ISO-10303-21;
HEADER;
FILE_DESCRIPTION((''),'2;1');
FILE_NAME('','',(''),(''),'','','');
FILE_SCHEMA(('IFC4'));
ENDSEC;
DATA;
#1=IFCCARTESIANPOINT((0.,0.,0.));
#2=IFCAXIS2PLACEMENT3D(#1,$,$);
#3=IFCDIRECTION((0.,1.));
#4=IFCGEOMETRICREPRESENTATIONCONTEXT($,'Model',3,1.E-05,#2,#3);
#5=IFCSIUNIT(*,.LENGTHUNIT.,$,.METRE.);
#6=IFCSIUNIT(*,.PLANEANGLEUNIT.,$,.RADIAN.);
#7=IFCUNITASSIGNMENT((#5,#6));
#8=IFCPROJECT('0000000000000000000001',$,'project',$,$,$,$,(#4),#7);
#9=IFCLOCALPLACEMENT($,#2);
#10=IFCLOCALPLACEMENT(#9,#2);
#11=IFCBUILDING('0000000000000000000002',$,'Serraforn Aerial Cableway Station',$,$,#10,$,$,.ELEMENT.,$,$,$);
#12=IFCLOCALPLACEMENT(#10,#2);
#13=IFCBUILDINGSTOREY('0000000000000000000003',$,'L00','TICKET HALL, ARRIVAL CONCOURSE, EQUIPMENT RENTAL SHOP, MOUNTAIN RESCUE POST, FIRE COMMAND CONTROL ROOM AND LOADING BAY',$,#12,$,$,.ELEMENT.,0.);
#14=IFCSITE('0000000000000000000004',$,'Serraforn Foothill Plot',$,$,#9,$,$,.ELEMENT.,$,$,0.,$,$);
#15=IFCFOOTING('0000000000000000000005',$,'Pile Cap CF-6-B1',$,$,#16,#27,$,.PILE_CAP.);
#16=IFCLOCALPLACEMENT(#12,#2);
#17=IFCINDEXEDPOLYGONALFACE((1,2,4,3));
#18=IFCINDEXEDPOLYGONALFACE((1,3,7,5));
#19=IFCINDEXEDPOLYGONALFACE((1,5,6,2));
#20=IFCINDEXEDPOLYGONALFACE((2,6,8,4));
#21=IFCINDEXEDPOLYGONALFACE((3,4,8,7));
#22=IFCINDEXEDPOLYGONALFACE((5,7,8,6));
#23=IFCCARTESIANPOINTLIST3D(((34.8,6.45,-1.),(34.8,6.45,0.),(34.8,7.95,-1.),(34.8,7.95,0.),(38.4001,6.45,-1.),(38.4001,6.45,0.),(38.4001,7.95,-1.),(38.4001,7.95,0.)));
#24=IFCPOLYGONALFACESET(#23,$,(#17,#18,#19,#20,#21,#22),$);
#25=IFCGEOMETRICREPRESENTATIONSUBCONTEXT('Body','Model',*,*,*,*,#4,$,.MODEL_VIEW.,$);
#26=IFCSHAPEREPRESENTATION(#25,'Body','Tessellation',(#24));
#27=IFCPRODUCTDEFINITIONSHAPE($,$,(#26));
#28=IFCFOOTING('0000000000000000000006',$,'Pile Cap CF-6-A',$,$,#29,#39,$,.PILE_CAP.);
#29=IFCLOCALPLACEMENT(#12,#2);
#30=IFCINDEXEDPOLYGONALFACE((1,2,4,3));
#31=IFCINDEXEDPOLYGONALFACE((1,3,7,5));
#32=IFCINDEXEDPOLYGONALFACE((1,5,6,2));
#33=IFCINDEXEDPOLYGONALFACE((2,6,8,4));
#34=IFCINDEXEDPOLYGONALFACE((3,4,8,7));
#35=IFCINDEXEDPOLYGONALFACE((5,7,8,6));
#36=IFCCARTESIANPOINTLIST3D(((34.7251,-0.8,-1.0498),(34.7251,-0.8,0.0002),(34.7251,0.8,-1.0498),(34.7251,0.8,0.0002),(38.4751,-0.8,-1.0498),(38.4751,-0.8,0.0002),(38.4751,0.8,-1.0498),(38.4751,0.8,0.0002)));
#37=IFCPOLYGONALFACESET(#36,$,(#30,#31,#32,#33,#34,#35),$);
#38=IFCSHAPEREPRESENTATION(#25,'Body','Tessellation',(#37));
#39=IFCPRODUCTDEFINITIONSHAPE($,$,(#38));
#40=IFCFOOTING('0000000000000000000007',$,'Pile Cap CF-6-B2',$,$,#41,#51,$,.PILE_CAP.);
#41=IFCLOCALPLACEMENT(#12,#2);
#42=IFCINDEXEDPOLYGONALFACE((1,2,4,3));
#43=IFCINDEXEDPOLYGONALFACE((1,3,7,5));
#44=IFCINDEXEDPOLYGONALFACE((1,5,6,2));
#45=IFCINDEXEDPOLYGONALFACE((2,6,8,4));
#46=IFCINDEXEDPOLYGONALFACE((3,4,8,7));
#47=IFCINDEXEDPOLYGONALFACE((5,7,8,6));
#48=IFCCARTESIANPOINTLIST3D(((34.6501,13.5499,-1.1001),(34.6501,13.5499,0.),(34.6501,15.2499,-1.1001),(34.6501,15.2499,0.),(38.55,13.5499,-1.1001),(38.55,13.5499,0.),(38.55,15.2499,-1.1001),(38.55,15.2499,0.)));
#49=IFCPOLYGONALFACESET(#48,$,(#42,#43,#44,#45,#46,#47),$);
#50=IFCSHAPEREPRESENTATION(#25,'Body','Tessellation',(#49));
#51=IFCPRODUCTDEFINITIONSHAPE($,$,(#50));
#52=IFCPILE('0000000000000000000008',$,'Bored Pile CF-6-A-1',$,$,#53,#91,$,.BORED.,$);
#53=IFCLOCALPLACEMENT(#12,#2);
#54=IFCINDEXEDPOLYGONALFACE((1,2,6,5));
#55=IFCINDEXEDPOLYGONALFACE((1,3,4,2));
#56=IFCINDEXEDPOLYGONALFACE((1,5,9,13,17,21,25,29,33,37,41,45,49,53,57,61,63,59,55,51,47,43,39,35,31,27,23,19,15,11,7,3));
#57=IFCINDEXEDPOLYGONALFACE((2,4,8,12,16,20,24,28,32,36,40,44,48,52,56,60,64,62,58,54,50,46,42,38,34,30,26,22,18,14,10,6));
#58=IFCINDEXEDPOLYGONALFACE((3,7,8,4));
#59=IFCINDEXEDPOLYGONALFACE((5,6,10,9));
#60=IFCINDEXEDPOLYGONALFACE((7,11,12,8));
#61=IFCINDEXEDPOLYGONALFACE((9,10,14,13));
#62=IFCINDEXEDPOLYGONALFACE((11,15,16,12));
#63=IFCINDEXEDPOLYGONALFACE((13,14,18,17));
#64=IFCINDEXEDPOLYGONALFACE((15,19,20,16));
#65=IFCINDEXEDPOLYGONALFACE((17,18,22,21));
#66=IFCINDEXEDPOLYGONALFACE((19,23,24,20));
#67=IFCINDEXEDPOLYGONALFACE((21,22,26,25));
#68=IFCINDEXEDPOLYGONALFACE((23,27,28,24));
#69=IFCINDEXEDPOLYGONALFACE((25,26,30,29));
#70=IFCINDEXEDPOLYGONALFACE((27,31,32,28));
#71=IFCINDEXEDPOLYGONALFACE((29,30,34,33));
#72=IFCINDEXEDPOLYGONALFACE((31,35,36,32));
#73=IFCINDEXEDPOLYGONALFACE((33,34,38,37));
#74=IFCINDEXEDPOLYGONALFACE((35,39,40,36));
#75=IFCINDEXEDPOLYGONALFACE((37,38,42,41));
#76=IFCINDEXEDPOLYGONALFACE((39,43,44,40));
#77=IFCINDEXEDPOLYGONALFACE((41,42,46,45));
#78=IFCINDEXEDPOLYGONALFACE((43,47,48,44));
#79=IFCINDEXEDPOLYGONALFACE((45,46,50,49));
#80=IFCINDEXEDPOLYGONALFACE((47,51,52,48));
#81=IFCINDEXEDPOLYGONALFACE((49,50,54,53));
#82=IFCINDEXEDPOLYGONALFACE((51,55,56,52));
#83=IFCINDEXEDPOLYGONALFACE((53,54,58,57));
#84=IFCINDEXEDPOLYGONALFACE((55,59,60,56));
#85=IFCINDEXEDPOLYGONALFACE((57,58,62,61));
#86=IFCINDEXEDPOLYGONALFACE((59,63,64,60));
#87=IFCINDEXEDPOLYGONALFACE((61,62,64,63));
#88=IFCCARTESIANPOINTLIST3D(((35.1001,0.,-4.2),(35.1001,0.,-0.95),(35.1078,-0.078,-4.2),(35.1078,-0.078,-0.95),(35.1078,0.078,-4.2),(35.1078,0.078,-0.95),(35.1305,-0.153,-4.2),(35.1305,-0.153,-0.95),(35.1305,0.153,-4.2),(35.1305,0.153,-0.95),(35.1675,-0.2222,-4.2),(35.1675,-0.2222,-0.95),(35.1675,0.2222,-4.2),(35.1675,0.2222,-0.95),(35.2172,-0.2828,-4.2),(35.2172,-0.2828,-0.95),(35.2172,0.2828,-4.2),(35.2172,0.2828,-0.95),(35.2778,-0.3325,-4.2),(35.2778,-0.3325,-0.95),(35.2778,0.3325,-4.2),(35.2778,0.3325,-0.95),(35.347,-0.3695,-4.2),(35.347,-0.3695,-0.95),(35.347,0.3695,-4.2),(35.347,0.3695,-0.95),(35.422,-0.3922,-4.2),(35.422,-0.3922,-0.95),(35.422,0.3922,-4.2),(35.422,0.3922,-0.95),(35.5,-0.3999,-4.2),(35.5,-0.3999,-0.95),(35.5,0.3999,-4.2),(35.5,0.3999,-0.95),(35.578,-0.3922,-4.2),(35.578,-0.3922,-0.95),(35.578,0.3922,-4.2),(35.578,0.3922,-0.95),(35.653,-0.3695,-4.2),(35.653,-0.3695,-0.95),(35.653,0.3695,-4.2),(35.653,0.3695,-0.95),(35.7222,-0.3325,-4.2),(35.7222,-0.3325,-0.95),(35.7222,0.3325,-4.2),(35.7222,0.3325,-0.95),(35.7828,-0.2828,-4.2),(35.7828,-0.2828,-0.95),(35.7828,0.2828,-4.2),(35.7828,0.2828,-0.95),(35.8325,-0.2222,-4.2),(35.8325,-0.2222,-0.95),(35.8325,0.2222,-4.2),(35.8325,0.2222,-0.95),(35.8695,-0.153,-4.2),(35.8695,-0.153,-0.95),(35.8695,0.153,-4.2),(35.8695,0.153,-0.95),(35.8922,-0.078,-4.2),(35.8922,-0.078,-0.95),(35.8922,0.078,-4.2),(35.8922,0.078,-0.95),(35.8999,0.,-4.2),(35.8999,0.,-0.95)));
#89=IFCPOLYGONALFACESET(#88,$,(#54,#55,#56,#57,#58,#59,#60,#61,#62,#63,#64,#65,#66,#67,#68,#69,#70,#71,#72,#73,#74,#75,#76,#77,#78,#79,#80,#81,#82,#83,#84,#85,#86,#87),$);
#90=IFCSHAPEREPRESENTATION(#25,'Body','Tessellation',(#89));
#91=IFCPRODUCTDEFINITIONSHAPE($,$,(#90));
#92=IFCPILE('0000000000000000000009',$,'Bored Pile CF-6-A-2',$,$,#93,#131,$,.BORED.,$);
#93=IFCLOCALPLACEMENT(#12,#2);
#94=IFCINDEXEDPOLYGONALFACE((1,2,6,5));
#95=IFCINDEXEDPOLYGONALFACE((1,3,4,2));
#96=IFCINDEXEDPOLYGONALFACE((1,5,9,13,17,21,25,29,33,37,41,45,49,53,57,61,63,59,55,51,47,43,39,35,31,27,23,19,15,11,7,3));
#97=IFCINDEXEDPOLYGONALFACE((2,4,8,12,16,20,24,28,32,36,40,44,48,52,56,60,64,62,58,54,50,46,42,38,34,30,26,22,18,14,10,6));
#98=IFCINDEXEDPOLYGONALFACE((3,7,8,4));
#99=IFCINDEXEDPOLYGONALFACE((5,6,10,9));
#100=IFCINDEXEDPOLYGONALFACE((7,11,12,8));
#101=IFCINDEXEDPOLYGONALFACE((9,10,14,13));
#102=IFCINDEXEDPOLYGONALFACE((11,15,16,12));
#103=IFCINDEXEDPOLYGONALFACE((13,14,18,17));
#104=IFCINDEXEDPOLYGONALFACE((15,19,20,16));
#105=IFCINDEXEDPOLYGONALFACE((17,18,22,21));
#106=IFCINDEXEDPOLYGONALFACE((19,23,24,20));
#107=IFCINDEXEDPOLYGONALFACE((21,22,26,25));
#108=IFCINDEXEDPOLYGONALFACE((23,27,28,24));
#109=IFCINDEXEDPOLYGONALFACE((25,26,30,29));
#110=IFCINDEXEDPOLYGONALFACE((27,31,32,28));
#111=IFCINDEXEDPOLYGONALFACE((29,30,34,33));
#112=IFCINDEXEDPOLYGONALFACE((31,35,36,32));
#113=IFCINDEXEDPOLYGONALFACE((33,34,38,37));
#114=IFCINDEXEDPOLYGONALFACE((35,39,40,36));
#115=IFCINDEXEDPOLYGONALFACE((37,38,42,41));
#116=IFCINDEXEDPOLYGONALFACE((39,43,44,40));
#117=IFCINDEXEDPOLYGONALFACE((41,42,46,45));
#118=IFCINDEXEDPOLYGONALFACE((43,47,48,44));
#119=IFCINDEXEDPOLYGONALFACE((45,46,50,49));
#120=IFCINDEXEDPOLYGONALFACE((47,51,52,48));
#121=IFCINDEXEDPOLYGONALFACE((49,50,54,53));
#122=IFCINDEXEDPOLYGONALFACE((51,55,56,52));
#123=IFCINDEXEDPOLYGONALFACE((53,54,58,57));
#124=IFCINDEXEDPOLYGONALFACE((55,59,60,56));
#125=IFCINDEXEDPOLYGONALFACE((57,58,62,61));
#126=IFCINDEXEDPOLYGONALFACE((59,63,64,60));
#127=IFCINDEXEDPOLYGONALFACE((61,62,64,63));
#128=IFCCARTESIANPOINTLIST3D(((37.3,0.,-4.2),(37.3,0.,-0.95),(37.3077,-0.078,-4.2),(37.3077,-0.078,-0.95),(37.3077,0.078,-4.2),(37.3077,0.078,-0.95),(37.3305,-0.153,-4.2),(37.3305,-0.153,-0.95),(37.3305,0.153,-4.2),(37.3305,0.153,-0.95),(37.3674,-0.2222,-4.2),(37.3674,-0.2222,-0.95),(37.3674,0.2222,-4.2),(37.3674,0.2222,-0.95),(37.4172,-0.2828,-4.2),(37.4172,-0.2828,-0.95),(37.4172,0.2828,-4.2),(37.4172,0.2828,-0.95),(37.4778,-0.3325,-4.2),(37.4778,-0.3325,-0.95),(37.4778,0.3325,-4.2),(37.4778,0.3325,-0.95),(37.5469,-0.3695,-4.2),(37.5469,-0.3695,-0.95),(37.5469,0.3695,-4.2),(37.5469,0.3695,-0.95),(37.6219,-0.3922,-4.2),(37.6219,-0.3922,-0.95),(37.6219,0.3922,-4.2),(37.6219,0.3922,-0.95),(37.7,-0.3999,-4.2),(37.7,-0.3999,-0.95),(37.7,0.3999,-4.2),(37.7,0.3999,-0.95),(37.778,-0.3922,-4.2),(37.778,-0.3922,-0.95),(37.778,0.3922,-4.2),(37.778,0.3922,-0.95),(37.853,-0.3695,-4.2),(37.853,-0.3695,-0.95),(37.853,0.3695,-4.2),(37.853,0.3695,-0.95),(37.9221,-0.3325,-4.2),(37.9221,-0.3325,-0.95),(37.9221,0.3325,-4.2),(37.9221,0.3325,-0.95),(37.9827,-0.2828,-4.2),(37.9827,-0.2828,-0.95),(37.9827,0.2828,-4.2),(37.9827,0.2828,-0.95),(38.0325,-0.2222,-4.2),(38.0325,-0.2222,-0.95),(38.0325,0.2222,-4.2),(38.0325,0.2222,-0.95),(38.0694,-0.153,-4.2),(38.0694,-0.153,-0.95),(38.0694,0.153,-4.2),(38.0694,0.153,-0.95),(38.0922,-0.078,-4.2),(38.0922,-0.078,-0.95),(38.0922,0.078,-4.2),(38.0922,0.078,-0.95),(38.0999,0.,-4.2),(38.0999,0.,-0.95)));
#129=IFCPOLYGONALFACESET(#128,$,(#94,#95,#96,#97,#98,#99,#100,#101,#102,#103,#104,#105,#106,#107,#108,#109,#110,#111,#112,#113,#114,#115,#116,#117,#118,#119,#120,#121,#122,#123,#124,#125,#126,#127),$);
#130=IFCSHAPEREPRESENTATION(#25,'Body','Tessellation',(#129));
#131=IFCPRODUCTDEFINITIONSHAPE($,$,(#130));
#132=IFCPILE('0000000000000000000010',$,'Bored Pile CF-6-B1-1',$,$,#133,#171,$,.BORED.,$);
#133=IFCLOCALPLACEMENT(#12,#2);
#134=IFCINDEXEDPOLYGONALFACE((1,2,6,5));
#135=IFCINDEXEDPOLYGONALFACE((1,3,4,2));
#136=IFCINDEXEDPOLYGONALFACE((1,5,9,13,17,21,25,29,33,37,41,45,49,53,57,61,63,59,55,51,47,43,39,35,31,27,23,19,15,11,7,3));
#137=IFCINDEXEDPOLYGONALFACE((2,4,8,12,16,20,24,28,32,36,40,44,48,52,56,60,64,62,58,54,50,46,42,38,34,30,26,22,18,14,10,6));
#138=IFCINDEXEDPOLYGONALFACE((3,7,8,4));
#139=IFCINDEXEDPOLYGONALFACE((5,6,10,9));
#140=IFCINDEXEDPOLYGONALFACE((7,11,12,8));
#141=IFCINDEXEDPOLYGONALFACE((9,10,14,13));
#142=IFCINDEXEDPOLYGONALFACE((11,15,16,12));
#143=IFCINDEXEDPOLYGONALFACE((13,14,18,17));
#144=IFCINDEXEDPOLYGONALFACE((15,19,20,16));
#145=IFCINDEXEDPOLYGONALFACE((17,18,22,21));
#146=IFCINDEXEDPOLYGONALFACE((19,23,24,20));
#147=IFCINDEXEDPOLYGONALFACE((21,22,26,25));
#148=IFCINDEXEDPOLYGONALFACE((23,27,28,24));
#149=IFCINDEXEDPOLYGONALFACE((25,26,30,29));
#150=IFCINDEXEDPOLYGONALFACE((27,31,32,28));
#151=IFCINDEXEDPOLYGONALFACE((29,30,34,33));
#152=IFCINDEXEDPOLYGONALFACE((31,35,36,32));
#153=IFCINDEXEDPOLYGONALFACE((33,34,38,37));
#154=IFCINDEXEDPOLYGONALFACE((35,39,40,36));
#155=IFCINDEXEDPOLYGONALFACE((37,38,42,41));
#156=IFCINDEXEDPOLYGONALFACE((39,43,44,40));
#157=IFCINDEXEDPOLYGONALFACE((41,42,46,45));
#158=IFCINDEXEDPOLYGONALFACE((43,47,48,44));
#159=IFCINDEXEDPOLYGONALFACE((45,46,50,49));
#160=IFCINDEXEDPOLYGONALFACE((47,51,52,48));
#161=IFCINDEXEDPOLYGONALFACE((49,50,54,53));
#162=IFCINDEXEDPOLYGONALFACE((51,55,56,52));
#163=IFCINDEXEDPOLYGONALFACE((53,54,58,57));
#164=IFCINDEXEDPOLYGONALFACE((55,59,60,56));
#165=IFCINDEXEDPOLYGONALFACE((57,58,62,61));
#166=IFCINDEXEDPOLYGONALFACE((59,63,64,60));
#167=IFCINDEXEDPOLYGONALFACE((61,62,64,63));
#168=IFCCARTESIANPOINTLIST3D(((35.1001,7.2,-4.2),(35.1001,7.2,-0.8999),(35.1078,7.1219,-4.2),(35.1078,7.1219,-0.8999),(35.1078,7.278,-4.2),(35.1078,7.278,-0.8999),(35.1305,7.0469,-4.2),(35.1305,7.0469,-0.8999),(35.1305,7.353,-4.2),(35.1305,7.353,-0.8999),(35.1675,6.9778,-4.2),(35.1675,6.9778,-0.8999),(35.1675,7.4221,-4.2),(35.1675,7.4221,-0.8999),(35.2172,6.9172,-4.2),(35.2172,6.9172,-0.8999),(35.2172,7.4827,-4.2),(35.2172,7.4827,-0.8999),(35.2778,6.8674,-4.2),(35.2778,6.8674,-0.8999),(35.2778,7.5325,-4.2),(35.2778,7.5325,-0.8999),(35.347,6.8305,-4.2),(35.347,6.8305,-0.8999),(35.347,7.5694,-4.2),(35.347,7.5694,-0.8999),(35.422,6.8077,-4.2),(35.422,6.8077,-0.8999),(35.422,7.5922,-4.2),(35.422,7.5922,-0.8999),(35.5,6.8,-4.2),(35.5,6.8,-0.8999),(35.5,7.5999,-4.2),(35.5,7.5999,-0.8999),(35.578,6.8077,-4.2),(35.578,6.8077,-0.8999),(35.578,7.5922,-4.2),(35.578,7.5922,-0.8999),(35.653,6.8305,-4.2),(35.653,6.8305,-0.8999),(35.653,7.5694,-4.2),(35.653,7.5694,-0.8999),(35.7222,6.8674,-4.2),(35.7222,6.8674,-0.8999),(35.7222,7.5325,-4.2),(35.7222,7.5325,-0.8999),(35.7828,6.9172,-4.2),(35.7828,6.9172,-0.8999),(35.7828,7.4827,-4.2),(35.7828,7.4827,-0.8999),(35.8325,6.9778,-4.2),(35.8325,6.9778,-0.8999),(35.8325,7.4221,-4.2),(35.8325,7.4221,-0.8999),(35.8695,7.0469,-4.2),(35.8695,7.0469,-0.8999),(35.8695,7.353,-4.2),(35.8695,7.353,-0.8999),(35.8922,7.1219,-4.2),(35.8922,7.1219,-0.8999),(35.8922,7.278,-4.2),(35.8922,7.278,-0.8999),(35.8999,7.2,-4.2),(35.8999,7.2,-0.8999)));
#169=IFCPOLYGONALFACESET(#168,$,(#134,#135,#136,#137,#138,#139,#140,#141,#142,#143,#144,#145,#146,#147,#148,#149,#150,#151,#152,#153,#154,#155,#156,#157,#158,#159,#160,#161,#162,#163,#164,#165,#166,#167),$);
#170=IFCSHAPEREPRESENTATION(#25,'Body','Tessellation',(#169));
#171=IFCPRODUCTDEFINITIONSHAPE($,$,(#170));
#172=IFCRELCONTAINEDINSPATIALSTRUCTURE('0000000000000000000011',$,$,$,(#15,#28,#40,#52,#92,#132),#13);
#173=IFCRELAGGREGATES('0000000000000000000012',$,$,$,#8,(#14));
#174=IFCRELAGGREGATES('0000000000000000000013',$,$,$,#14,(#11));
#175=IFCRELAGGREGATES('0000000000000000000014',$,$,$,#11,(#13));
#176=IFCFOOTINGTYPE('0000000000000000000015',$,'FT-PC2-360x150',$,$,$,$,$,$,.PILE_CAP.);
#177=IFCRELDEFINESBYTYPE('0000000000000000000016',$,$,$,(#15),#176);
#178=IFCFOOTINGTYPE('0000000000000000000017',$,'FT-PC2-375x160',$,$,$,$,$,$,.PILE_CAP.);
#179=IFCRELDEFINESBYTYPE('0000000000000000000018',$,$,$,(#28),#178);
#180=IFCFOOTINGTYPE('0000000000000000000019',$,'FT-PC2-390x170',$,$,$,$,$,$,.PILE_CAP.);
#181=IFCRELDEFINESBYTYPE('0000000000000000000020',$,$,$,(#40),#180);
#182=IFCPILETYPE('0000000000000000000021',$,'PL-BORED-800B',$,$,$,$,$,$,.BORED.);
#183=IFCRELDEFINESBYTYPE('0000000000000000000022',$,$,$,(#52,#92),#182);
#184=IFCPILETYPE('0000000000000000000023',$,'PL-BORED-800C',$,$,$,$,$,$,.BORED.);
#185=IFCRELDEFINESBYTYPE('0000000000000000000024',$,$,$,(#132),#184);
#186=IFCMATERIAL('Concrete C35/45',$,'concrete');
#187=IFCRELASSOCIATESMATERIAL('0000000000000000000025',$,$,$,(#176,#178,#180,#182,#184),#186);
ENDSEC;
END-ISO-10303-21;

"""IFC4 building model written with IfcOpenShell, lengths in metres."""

from ifc_helpers import new_model, si_unit, direction, frame, origin, origin_2d, place, context, subcontext, project, spatial, rectangle, circle, extrude, material, material_profile, profile_set, type_object, element, save


model = new_model("IFC4")

# Units and contexts
model_context = context("Model", 3, precision=1e-05, world=origin(), true_north=direction((0.0, 1.0)))
body_context = subcontext(model_context, "Body", "Model", "MODEL_VIEW")
ifc_project = project(units=[si_unit("LENGTHUNIT", "METRE"), si_unit("PLANEANGLEUNIT", "RADIAN")], contexts=[model_context])

# Site, building, storey
site_placement = place(None, origin())
site = spatial("IfcSite", under=ifc_project, at=site_placement, Name="Serraforn Foothill Plot", CompositionType="ELEMENT", RefElevation=0.0)
building_placement = place(site_placement, origin())
building = spatial("IfcBuilding", under=site, at=building_placement, Name="Serraforn Aerial Cableway Station", CompositionType="ELEMENT")
storey_placement = place(building_placement, origin())
storey = spatial("IfcBuildingStorey", under=building, at=storey_placement, Name="L00", Description="TICKET HALL, ARRIVAL CONCOURSE, EQUIPMENT RENTAL SHOP, MOUNTAIN RESCUE POST, FIRE COMMAND CONTROL ROOM AND LOADING BAY", CompositionType="ELEMENT", Elevation=0.0)

# Footings
ifc_material_1 = material(Name="Concrete C35/45", Category="concrete")
footing_type_1 = type_object("IfcFootingType", Name="FT-PC2-360x150", PredefinedType="PILE_CAP", material=ifc_material_1)
footing_1_placement = place(storey_placement, frame((36.6001, 7.2, -1.0), z_axis=(0.0, 0.0, 1.0), x_axis=(1.0, 0.0, 0.0)))
element("IfcFooting", 1, at=footing_1_placement, inside=storey, type_object=footing_type_1, Name="Pile Cap CF-6-B1", PredefinedType="PILE_CAP", context=body_context, shape_type="SweptSolid", body=[
    extrude(rectangle(XDim=3.6001, YDim=1.5, at=origin_2d()), origin(), (0.0, 0.0, 1.0), 1.0),
])
footing_type_2 = type_object("IfcFootingType", Name="FT-PC2-375x160", PredefinedType="PILE_CAP", material=ifc_material_1)
footing_2_placement = place(storey_placement, frame((36.6001, 0.0, -1.0498), z_axis=(0.0, 0.0, 1.0), x_axis=(1.0, 0.0, 0.0)))
element("IfcFooting", 2, at=footing_2_placement, inside=storey, type_object=footing_type_2, Name="Pile Cap CF-6-A", PredefinedType="PILE_CAP", context=body_context, shape_type="SweptSolid", body=[
    extrude(rectangle(XDim=3.75, YDim=1.6001, at=origin_2d()), origin(), (0.0, 0.0, 1.0), 1.05),
])
footing_type_3 = type_object("IfcFootingType", Name="FT-PC2-390x170", PredefinedType="PILE_CAP", material=ifc_material_1)
footing_3_placement = place(storey_placement, frame((36.6001, 14.3999, -1.1001), z_axis=(0.0, 0.0, 1.0), x_axis=(1.0, 0.0, 0.0)))
element("IfcFooting", 3, at=footing_3_placement, inside=storey, type_object=footing_type_3, Name="Pile Cap CF-6-B2", PredefinedType="PILE_CAP", context=body_context, shape_type="SweptSolid", body=[
    extrude(rectangle(XDim=3.8999, YDim=1.7, at=origin_2d()), origin(), (0.0, 0.0, 1.0), 1.1001),
])

# Piles
ifc_material_profile_1 = material_profile(ifc_material_1, circle(Radius=0.3999, at=origin_2d()), Name="BORED PILE D800")
ifc_profile_set_1 = profile_set([ifc_material_profile_1], Name="Concrete C35/45")
pile_type_1 = type_object("IfcPileType", Name="PL-BORED-800B", PredefinedType="BORED", material=ifc_profile_set_1)
for number, where, z_axis, x_axis, name in (
    (4, (35.5, 0.0, -0.95), (0.0, 0.0, -1.0), (1.0, 0.0, 0.0), "Bored Pile CF-6-A-1"),
    (5, (37.7, 0.0, -0.95), (0.0, 0.0, -1.0), (1.0, 0.0, 0.0), "Bored Pile CF-6-A-2"),
):
    element("IfcPile", number, at=place(storey_placement, frame(where, z_axis=z_axis, x_axis=x_axis)), inside=storey, type_object=pile_type_1, Name=name, PredefinedType="BORED", context=body_context, shape_type="SweptSolid", body=[
        extrude(circle(Radius=0.3999, at=origin_2d()), origin(), (0.0, 0.0, 1.0), 3.25),
    ])
ifc_material_profile_2 = material_profile(ifc_material_1, circle(Radius=0.3999, at=origin_2d()), Name="BORED PILE D800")
ifc_profile_set_2 = profile_set([ifc_material_profile_2], Name="Concrete C35/45")
pile_type_2 = type_object("IfcPileType", Name="PL-BORED-800C", PredefinedType="BORED", material=ifc_profile_set_2)
pile_1_placement = place(storey_placement, frame((35.5, 7.2, -0.8999), z_axis=(0.0, 0.0, -1.0), x_axis=(1.0, 0.0, 0.0)))
element("IfcPile", 6, at=pile_1_placement, inside=storey, type_object=pile_type_2, Name="Bored Pile CF-6-B1-1", PredefinedType="BORED", context=body_context, shape_type="SweptSolid", body=[
    extrude(circle(Radius=0.3999, at=origin_2d()), origin(), (0.0, 0.0, 1.0), 3.3),
])

save(model, "model.ifc")
